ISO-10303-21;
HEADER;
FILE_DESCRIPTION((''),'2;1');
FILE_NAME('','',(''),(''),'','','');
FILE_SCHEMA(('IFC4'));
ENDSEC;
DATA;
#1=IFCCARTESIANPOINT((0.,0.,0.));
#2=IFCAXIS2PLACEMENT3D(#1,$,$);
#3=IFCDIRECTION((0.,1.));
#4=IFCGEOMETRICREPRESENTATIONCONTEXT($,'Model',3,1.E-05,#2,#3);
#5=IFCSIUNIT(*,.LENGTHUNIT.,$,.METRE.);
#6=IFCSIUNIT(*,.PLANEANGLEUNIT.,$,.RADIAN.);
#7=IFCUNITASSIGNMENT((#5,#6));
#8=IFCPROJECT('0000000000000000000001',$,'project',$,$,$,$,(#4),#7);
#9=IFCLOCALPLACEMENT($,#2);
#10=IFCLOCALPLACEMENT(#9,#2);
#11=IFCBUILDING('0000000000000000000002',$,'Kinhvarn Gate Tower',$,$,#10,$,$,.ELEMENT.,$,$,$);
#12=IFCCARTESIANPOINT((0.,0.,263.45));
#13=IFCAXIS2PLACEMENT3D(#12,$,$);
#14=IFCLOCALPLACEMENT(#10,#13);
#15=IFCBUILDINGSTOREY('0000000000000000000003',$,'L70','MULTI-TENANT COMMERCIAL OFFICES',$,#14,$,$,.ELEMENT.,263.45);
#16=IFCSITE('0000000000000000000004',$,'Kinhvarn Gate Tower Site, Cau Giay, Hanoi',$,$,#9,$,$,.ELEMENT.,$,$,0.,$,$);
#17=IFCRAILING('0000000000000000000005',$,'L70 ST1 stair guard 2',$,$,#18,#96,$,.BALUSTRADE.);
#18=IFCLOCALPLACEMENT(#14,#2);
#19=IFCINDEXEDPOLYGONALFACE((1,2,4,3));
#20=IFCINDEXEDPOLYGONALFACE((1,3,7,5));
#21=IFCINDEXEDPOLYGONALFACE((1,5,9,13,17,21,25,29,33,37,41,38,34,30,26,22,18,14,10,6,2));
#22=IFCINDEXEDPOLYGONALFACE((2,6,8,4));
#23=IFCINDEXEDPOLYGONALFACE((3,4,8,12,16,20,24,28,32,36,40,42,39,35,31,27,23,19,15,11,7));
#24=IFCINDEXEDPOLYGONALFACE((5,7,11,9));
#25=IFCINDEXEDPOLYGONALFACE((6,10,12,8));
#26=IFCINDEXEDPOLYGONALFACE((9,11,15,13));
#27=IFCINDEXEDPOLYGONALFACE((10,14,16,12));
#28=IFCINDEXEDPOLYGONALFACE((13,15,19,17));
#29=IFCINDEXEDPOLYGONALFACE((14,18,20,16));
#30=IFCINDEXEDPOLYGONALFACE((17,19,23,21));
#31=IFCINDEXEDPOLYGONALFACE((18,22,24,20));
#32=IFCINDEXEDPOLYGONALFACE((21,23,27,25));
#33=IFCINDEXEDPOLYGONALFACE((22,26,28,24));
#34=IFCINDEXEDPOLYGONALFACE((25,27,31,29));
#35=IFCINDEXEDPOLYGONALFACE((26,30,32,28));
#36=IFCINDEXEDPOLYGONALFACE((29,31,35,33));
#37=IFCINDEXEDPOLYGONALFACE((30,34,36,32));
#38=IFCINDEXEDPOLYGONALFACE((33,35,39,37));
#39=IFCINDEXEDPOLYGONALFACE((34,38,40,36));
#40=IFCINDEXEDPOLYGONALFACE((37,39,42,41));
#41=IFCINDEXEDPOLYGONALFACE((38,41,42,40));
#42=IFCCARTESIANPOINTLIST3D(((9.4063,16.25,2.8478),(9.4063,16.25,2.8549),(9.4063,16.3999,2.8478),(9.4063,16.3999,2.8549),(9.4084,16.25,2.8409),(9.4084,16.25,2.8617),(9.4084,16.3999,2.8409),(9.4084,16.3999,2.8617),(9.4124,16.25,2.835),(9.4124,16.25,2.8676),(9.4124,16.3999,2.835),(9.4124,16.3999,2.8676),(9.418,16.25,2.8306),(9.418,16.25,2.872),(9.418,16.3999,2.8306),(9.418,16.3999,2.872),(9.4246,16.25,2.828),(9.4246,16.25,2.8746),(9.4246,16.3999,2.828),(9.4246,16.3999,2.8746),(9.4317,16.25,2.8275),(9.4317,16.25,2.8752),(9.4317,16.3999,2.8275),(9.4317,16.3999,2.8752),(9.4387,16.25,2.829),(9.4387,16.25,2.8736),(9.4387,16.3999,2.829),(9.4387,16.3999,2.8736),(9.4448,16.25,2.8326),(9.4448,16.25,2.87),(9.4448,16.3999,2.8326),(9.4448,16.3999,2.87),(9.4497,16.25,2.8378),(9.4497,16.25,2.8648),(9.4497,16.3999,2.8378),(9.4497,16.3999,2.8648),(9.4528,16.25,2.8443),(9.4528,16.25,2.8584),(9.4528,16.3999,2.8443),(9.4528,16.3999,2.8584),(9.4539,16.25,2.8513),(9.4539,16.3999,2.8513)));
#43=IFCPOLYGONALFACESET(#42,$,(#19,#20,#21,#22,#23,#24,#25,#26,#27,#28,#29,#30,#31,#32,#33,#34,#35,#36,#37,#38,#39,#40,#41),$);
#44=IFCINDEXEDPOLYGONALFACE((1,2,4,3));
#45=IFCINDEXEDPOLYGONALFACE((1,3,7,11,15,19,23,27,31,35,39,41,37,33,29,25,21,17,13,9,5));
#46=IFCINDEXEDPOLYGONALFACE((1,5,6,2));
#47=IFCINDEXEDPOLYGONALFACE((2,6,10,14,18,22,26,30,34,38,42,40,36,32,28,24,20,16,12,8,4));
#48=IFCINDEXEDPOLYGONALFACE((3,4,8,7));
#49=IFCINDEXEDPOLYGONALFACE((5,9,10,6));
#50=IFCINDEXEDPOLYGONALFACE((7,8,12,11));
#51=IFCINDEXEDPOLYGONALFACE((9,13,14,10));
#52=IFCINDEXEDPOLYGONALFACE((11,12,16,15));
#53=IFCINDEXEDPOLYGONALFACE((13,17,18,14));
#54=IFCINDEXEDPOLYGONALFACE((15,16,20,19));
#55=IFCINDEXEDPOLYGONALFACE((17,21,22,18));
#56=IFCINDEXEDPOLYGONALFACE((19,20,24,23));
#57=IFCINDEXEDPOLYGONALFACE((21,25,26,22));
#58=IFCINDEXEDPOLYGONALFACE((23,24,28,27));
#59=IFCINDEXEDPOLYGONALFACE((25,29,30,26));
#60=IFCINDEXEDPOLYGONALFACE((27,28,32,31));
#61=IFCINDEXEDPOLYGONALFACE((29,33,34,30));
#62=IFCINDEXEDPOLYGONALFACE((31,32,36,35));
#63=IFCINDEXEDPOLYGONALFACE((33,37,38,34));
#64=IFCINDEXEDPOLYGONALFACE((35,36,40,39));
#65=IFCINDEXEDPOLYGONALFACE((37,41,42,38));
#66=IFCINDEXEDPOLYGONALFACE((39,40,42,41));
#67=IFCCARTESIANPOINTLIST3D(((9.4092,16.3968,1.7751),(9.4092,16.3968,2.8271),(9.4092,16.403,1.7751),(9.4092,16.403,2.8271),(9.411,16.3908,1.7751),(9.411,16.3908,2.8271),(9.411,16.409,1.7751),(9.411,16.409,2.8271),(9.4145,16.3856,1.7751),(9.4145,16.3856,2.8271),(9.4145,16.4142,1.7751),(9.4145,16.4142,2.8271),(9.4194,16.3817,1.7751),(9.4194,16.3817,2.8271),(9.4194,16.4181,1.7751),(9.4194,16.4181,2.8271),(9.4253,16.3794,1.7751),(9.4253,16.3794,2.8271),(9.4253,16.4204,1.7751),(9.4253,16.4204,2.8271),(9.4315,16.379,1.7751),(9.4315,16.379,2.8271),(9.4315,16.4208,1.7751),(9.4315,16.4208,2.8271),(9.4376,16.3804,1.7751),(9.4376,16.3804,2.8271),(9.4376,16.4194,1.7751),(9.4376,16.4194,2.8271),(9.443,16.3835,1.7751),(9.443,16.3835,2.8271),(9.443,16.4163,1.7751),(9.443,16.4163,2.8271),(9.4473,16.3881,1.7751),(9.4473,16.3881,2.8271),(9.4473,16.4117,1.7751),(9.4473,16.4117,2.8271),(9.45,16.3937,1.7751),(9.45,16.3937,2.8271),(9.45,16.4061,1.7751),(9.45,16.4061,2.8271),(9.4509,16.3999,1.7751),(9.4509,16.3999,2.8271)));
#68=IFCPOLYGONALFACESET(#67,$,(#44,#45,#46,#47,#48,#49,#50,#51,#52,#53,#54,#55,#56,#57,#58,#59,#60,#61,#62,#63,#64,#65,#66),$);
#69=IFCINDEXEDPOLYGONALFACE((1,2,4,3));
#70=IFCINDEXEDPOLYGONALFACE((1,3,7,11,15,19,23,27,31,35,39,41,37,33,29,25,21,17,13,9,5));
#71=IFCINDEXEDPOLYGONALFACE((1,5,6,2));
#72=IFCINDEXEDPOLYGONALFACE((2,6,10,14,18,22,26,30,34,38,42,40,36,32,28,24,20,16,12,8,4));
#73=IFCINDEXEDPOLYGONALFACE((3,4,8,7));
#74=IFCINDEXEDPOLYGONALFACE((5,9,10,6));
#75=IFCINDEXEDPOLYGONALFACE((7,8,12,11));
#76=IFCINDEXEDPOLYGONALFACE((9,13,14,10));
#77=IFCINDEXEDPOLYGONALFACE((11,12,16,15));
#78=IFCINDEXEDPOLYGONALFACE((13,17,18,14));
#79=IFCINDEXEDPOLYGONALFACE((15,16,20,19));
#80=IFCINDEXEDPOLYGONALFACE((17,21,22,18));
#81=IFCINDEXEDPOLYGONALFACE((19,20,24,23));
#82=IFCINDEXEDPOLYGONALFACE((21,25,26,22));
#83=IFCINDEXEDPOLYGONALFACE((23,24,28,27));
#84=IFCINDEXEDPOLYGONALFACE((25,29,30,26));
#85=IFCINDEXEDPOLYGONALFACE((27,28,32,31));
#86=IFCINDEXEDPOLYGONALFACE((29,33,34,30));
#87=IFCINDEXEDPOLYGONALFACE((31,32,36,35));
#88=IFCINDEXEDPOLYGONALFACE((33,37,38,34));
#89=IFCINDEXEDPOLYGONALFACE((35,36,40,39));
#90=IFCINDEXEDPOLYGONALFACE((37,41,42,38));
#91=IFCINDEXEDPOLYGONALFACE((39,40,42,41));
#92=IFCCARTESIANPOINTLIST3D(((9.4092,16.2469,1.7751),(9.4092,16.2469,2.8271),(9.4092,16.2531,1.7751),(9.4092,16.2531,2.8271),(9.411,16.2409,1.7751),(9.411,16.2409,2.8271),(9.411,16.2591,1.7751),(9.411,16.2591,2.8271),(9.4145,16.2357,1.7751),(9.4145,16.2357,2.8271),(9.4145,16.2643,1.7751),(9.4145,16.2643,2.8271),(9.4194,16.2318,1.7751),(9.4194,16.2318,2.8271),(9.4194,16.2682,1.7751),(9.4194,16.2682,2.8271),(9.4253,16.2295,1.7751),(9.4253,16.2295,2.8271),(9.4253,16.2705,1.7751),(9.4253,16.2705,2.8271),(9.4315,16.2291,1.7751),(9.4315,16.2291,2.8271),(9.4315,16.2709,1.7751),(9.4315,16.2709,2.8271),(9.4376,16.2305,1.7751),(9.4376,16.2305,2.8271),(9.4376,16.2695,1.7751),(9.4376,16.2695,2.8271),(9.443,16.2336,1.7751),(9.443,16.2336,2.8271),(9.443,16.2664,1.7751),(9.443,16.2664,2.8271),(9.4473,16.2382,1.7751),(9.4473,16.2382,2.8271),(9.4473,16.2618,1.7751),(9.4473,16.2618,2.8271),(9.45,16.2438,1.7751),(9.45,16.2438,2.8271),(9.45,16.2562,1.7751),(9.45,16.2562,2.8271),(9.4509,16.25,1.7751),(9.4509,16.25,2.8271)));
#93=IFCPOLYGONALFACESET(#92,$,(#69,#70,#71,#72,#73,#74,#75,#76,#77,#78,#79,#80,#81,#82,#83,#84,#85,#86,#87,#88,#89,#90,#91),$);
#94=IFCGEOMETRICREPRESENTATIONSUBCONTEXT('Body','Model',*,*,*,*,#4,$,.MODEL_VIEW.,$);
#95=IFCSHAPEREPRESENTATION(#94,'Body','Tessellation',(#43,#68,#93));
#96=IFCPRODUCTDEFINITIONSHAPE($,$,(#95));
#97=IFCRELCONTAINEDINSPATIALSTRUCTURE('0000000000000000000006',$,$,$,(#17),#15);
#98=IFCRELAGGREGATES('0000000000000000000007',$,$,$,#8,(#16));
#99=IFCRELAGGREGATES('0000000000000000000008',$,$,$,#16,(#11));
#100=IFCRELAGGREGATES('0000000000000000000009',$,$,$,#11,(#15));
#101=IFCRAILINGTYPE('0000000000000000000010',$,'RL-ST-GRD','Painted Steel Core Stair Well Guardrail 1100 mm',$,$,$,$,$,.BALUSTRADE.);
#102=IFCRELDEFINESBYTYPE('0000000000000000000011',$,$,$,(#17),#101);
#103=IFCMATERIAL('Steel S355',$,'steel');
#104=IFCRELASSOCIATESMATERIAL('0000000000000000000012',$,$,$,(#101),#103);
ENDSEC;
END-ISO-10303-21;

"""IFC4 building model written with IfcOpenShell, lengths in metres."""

from ifc_helpers import new_model, si_unit, direction, frame, origin, origin_2d, place, context, subcontext, project, spatial, circle, extrude, material, type_object, element, save


model = new_model("IFC4")

# Units and contexts
model_context = context("Model", 3, precision=1e-05, world=origin(), true_north=direction((0.0, 1.0)))
body_context = subcontext(model_context, "Body", "Model", "MODEL_VIEW")
ifc_project = project(units=[si_unit("LENGTHUNIT", "METRE"), si_unit("PLANEANGLEUNIT", "RADIAN")], contexts=[model_context])

# Site, building, storey
site_placement = place(None, origin())
site = spatial("IfcSite", under=ifc_project, at=site_placement, Name="Kinhvarn Gate Tower Site, Cau Giay, Hanoi", CompositionType="ELEMENT", RefElevation=0.0)
building_placement = place(site_placement, origin())
building = spatial("IfcBuilding", under=site, at=building_placement, Name="Kinhvarn Gate Tower", CompositionType="ELEMENT")
storey_placement = place(building_placement, frame((0.0, 0.0, 263.45)))
storey = spatial("IfcBuildingStorey", under=building, at=storey_placement, Name="L70", Description="MULTI-TENANT COMMERCIAL OFFICES", CompositionType="ELEMENT", Elevation=263.45)

# Shared definitions
ifc_material_1 = material(Name="Steel S355", Category="steel")

# Railing
railing_type_1 = type_object("IfcRailingType", Name="RL-ST-GRD", Description="Painted Steel Core Stair Well Guardrail 1100 mm", PredefinedType="BALUSTRADE", material=ifc_material_1)
railing_1_placement = place(storey_placement, frame((9.4299, 16.3999, 1.7751)))
element("IfcRailing", 1, at=railing_1_placement, inside=storey, type_object=railing_type_1, Name="L70 ST1 stair guard 2", PredefinedType="BALUSTRADE", context=body_context, shape_type="SweptSolid", body=[
    extrude(circle(Radius=0.0239, at=origin_2d()), frame((0.0, 0.0, 1.0762), z_axis=(0.0, -1.0, 0.0), x_axis=(1.0, 0.0, 0.0)), (0.0, 0.0, 1.0), 0.1499),
    extrude(circle(Radius=0.021, at=origin_2d()), origin(), (0.0, 0.0, 1.0), 1.052),
    extrude(circle(Radius=0.021, at=origin_2d()), frame((0.0, -0.1499, 0.0)), (0.0, 0.0, 1.0), 1.052),
])

save(model, "model.ifc")
